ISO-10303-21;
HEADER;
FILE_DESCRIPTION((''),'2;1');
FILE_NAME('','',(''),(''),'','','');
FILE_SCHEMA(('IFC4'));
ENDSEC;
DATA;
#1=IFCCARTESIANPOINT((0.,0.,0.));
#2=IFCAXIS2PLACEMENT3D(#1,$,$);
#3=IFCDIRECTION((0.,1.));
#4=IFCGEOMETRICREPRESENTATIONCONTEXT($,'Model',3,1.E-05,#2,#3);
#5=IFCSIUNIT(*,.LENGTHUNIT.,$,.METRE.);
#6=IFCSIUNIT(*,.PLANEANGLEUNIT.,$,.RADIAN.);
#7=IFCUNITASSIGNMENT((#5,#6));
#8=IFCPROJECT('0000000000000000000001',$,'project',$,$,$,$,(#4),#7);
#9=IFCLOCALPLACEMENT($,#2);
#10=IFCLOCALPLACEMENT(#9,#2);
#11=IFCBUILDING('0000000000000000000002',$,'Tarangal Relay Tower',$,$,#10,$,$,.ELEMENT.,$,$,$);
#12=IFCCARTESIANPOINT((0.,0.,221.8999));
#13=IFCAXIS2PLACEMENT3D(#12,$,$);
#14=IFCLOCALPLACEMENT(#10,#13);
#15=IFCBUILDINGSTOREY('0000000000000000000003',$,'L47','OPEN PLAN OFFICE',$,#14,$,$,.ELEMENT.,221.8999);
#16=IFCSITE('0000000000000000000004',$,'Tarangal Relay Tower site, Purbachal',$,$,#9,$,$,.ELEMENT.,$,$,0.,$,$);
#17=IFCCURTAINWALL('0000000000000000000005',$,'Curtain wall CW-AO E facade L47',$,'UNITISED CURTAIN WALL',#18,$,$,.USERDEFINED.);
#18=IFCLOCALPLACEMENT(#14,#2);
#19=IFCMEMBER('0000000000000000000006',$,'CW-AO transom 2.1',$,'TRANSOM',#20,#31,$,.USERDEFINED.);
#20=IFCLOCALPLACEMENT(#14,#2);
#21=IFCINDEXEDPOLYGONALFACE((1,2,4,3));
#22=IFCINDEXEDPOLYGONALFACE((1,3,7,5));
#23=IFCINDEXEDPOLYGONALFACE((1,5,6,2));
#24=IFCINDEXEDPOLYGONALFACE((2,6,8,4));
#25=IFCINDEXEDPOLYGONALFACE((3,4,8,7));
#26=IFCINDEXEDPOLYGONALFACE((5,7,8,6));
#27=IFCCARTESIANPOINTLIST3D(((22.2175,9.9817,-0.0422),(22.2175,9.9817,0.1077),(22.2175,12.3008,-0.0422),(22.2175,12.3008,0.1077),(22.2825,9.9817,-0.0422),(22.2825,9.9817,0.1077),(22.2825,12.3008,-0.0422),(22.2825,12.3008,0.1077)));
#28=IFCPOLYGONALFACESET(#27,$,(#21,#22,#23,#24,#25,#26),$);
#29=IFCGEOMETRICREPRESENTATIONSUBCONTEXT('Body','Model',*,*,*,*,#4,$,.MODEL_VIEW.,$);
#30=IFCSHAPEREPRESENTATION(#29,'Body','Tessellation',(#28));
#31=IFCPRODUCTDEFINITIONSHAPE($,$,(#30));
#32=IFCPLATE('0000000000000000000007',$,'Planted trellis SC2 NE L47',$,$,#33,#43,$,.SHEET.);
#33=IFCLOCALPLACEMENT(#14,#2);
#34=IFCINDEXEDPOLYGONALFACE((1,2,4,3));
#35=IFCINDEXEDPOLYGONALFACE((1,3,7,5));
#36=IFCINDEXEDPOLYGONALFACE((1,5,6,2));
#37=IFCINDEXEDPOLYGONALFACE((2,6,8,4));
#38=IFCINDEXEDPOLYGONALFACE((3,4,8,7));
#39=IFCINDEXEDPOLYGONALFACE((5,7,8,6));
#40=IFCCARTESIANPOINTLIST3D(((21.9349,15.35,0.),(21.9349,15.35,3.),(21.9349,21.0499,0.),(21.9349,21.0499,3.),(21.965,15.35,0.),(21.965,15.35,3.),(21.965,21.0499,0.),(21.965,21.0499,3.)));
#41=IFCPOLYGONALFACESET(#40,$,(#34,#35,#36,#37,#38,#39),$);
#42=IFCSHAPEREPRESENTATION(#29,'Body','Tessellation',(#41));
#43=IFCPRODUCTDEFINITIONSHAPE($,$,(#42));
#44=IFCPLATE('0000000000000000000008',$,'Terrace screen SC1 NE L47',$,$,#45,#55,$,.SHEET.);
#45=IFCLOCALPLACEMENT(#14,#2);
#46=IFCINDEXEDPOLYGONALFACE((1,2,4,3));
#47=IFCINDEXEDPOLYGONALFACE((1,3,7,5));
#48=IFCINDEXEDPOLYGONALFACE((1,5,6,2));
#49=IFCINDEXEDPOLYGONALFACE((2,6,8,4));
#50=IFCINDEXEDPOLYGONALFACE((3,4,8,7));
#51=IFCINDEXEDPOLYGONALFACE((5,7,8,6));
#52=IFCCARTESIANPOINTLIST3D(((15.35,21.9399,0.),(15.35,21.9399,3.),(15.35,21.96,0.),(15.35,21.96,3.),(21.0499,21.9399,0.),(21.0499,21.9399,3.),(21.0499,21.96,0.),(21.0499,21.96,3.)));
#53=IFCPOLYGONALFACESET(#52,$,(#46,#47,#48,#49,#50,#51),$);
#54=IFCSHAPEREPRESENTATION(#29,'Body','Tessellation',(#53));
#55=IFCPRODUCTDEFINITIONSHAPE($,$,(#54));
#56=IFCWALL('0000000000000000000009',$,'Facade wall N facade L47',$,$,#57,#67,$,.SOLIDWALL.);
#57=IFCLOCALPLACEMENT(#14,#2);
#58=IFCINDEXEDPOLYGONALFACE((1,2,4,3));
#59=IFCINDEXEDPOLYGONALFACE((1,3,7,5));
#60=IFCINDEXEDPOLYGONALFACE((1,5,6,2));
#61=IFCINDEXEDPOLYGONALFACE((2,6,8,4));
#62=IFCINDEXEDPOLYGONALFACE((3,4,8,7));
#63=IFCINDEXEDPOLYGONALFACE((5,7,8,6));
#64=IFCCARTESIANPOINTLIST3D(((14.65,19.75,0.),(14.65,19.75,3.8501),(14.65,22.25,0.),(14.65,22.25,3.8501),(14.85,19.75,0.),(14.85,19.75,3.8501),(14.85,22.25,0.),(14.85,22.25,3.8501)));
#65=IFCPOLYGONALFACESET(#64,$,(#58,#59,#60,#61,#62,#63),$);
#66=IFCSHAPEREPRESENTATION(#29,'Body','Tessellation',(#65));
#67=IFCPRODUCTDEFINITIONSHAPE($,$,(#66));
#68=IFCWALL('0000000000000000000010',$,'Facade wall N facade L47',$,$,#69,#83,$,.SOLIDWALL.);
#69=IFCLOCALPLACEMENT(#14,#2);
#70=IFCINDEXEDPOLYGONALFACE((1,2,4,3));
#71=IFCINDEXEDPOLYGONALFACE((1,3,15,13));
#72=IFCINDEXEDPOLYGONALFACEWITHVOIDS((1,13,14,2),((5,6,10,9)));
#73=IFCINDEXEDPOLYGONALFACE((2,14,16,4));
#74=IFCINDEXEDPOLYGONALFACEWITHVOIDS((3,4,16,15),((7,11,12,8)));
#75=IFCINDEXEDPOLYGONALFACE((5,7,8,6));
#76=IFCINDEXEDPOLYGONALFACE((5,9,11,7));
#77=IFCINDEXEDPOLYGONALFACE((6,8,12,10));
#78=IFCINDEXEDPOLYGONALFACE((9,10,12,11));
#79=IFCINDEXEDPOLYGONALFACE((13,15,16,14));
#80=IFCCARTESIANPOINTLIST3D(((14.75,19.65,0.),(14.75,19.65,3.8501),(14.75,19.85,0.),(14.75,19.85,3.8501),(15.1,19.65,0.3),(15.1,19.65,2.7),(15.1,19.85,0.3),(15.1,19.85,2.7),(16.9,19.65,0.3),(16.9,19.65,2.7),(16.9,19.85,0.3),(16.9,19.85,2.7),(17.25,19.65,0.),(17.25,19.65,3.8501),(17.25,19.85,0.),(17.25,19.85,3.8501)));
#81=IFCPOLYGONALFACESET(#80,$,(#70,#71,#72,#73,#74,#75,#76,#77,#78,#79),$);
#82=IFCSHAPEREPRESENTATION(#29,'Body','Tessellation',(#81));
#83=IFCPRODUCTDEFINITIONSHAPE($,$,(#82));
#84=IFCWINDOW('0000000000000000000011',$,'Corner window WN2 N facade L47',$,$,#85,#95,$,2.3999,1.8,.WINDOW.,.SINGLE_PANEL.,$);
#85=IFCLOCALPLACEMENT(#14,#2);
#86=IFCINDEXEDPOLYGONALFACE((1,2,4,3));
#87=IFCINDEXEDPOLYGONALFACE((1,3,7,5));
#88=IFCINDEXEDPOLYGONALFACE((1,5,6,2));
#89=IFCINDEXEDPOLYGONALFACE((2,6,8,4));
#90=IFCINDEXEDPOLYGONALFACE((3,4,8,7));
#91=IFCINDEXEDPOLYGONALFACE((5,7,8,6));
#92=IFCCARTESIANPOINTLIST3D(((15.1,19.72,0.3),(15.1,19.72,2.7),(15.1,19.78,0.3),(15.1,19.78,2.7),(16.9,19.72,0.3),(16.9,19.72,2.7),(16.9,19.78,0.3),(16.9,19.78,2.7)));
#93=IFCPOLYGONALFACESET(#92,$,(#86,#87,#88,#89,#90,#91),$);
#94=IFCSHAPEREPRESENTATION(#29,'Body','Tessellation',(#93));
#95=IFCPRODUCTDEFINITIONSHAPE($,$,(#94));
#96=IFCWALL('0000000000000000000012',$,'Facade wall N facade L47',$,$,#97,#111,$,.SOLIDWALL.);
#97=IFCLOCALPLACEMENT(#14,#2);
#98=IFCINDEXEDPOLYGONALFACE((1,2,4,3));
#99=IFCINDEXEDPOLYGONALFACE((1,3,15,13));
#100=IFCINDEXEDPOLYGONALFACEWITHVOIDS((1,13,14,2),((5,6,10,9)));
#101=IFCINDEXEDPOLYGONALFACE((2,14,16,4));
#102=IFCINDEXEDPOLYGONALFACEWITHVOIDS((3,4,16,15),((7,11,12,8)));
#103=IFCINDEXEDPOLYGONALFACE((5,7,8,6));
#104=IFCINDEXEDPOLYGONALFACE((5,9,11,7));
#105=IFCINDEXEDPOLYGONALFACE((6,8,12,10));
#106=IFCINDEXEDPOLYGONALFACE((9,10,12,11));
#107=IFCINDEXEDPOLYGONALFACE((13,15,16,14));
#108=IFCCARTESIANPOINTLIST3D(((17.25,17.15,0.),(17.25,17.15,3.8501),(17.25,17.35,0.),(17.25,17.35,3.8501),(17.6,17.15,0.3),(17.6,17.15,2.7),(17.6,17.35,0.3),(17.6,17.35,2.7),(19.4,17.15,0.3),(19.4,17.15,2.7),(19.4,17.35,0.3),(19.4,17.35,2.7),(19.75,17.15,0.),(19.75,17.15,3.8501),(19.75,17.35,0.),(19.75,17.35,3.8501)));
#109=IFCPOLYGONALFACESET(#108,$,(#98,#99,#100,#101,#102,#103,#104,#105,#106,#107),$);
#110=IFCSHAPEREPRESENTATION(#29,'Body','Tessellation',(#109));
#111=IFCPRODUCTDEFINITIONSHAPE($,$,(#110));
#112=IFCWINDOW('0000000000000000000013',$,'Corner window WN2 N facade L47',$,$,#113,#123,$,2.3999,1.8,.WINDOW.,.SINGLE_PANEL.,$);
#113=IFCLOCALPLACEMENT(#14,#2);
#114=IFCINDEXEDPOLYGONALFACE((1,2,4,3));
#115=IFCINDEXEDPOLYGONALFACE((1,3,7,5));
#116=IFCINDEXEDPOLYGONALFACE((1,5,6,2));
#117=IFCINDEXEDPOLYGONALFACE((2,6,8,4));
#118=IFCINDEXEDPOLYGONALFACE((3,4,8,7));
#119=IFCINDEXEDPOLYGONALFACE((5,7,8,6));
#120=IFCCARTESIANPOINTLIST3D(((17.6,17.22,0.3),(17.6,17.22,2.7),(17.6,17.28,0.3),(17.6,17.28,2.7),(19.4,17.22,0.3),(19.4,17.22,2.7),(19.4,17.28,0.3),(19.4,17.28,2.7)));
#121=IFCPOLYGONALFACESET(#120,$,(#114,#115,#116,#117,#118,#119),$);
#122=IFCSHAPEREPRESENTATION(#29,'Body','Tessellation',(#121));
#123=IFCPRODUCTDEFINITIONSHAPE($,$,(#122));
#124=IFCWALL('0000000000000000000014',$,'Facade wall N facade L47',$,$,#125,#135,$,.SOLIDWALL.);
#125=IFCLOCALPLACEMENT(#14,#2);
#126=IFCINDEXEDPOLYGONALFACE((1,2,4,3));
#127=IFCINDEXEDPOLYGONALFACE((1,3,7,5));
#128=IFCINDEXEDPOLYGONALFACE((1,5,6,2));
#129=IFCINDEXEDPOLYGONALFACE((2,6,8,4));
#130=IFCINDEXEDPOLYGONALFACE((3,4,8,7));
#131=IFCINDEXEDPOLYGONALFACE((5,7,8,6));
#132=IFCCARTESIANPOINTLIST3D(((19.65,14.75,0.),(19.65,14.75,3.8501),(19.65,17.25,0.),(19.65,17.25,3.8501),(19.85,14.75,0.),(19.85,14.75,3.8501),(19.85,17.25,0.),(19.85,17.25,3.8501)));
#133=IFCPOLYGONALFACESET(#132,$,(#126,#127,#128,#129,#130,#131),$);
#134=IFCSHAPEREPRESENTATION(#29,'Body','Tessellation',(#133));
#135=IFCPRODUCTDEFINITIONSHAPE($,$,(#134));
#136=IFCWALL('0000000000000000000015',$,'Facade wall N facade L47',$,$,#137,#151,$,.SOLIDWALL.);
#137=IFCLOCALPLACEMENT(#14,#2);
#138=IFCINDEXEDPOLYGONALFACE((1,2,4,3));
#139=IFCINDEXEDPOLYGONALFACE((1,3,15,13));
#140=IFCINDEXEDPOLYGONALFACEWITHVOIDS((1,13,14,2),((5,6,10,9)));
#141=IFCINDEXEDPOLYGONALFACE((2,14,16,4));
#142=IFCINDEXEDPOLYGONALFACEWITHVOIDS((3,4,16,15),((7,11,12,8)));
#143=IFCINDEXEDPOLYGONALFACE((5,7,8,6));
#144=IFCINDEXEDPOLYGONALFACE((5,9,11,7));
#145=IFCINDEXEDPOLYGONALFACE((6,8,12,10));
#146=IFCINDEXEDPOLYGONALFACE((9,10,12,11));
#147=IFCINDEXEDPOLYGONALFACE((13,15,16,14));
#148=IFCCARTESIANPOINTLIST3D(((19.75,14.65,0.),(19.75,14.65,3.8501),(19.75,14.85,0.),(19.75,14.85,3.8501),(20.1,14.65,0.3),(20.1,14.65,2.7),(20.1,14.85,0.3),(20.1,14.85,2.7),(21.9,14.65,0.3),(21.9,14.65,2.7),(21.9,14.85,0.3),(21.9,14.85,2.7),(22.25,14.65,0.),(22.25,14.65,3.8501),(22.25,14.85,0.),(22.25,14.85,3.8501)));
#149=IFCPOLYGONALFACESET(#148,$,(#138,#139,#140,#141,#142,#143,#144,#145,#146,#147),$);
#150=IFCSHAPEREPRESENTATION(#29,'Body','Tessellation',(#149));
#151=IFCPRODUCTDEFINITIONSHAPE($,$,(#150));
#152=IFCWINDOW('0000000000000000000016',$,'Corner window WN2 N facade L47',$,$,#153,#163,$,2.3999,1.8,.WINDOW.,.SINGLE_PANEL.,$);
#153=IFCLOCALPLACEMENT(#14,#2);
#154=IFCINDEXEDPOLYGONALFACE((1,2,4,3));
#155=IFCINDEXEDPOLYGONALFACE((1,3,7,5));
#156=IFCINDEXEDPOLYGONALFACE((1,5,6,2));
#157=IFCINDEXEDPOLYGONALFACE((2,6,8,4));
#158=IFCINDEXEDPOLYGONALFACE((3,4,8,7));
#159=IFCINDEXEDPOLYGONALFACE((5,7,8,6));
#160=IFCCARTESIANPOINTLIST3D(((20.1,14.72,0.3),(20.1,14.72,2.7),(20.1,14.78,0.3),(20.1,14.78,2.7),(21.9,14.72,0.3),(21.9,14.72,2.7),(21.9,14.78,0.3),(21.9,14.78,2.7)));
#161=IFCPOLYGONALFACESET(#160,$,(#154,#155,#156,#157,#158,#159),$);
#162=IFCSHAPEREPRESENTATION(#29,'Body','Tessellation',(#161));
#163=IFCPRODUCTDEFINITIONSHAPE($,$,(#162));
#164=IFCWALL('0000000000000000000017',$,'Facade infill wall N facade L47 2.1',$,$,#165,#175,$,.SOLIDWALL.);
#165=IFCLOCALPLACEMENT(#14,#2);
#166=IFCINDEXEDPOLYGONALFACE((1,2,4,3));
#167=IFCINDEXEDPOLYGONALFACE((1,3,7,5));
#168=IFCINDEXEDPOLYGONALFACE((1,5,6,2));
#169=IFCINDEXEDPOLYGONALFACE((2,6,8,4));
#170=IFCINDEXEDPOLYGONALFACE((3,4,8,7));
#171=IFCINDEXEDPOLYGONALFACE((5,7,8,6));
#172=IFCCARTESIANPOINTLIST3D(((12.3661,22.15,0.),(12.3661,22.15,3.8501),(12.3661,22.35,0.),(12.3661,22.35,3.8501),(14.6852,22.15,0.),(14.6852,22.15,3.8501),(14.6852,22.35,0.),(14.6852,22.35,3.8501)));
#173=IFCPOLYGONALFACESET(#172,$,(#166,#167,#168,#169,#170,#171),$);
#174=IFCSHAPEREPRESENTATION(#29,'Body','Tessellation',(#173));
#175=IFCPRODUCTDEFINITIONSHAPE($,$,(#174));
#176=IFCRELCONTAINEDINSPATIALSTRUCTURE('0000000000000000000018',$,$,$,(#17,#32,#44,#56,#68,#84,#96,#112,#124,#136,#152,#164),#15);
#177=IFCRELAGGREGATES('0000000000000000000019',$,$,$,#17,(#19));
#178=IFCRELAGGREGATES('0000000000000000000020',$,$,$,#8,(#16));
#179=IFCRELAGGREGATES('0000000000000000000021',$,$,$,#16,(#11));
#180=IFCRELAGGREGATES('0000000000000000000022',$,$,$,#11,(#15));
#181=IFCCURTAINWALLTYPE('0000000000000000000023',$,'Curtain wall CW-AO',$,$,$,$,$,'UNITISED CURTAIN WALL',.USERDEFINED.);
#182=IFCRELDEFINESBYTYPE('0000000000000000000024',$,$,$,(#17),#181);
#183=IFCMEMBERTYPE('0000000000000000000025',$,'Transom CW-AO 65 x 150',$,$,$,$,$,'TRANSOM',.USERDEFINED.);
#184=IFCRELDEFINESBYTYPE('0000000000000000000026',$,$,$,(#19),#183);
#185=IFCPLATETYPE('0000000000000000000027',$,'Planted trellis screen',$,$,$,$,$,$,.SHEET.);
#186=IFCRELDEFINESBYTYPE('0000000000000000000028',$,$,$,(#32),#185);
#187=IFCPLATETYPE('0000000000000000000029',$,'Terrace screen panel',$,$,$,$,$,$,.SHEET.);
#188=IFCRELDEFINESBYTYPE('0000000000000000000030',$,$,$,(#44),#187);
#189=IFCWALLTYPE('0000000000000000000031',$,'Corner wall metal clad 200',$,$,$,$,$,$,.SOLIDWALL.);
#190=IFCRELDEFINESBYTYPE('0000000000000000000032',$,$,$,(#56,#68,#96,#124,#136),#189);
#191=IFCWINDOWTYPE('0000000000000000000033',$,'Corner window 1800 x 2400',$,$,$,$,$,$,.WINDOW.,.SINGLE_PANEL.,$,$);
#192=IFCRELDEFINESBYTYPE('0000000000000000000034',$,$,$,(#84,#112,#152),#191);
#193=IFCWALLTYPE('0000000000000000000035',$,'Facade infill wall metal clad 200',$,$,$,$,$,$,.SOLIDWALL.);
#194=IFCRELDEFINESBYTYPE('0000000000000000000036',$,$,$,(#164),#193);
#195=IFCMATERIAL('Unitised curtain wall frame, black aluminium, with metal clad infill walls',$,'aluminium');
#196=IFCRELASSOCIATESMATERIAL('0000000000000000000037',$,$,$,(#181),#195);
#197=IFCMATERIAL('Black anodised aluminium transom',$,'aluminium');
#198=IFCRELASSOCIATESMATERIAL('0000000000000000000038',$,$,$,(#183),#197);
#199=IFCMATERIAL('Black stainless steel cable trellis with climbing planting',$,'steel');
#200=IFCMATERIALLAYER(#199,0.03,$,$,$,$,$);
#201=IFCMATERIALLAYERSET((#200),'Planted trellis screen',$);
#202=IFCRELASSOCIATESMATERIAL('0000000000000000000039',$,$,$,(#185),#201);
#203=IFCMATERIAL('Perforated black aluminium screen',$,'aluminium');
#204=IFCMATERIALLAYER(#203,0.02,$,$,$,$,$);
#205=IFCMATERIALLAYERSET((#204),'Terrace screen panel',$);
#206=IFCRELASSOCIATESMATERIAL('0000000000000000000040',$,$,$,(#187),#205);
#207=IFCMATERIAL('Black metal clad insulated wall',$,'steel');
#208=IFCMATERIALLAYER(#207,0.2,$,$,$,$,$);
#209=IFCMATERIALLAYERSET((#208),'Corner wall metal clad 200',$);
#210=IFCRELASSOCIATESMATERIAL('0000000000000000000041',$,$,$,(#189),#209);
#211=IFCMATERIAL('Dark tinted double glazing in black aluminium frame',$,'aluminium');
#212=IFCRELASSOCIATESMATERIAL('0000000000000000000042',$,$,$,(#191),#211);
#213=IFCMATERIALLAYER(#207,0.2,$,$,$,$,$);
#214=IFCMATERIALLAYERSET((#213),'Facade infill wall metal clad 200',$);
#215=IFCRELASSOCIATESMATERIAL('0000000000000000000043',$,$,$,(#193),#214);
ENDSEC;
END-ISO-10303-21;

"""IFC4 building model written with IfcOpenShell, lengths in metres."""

from ifc_helpers import new_model, si_unit, direction, frame, frame_2d, origin, origin_2d, place, context, subcontext, project, spatial, rectangle, extrude, material, layer, layer_set, material_profile, profile_set, type_object, element, fill, aggregate, save


model = new_model("IFC4")

# Units and contexts
model_context = context("Model", 3, precision=1e-05, world=origin(), true_north=direction((0.0, 1.0)))
body_context = subcontext(model_context, "Body", "Model", "MODEL_VIEW")
ifc_project = project(units=[si_unit("LENGTHUNIT", "METRE"), si_unit("PLANEANGLEUNIT", "RADIAN")], contexts=[model_context])

# Site, building, storey
site_placement = place(None, origin())
site = spatial("IfcSite", under=ifc_project, at=site_placement, Name="Tarangal Relay Tower site, Purbachal", CompositionType="ELEMENT", RefElevation=0.0)
building_placement = place(site_placement, origin())
building = spatial("IfcBuilding", under=site, at=building_placement, Name="Tarangal Relay Tower", CompositionType="ELEMENT")
storey_placement = place(building_placement, frame((0.0, 0.0, 221.8999)))
storey = spatial("IfcBuildingStorey", under=building, at=storey_placement, Name="L47", Description="OPEN PLAN OFFICE", CompositionType="ELEMENT", Elevation=221.8999)

# Curtain wall
ifc_material_1 = material(Name="Unitised curtain wall frame, black aluminium, with metal clad infill walls", Category="aluminium")
curtain_wall_type = type_object("IfcCurtainWallType", Name="Curtain wall CW-AO", ElementType="UNITISED CURTAIN WALL", PredefinedType="USERDEFINED", material=ifc_material_1)
curtain_wall_1_placement = place(storey_placement, origin())
curtain_wall_1 = element("IfcCurtainWall", 1, at=curtain_wall_1_placement, inside=storey, type_object=curtain_wall_type, Name="Curtain wall CW-AO E facade L47", ObjectType="UNITISED CURTAIN WALL", PredefinedType="USERDEFINED")

# Member
ifc_material_2 = material(Name="Black anodised aluminium transom", Category="aluminium")
ifc_material_profile_1 = material_profile(ifc_material_2, rectangle(XDim=0.0649, YDim=0.1499, at=origin_2d()), Name="CW-AOT 65X150")
ifc_profile_set_1 = profile_set([ifc_material_profile_1], Name="Black anodised aluminium transom")
member_type_1 = type_object("IfcMemberType", Name="Transom CW-AO 65 x 150", ElementType="TRANSOM", PredefinedType="USERDEFINED", material=ifc_profile_set_1)
member_1_placement = place(storey_placement, frame((22.25, 12.3008, 0.0327), z_axis=(0.0, -1.0, 0.0), x_axis=(1.0, 0.0, 0.0)))
member_1 = element("IfcMember", 2, at=member_1_placement, type_object=member_type_1, Name="CW-AO transom 2.1", ObjectType="TRANSOM", PredefinedType="USERDEFINED", context=body_context, shape_type="SweptSolid", body=[
    extrude(rectangle(XDim=0.0649, YDim=0.1499, at=origin_2d()), origin(), (0.0, 0.0, 1.0), 2.3191),
])
aggregate(curtain_wall_1, [member_1])

# Plates
ifc_material_3 = material(Name="Black stainless steel cable trellis with climbing planting", Category="steel")
ifc_layer_1 = layer(ifc_material_3, 0.03)
ifc_layer_set_1 = layer_set([ifc_layer_1], Name="Planted trellis screen")
plate_type_1 = type_object("IfcPlateType", Name="Planted trellis screen", PredefinedType="SHEET", material=ifc_layer_set_1)
plate_1_placement = place(storey_placement, frame((21.95, 18.2, 0.0), z_axis=(0.0, 0.0, 1.0), x_axis=(0.0, -1.0, 0.0)))
element("IfcPlate", 3, at=plate_1_placement, inside=storey, type_object=plate_type_1, Name="Planted trellis SC2 NE L47", PredefinedType="SHEET", context=body_context, shape_type="SweptSolid", body=[
    extrude(rectangle(XDim=5.7, YDim=0.03, at=origin_2d()), origin(), (0.0, 0.0, 1.0), 3.0),
])
ifc_material_4 = material(Name="Perforated black aluminium screen", Category="aluminium")
ifc_layer_2 = layer(ifc_material_4, 0.02)
ifc_layer_set_2 = layer_set([ifc_layer_2], Name="Terrace screen panel")
plate_type_2 = type_object("IfcPlateType", Name="Terrace screen panel", PredefinedType="SHEET", material=ifc_layer_set_2)
plate_2_placement = place(storey_placement, frame((18.2, 21.95, 0.0), z_axis=(0.0, 0.0, 1.0), x_axis=(1.0, 0.0, 0.0)))
element("IfcPlate", 4, at=plate_2_placement, inside=storey, type_object=plate_type_2, Name="Terrace screen SC1 NE L47", PredefinedType="SHEET", context=body_context, shape_type="SweptSolid", body=[
    extrude(rectangle(XDim=5.7, YDim=0.02, at=origin_2d()), origin(), (0.0, 0.0, 1.0), 3.0),
])

# Wall
ifc_material_5 = material(Name="Black metal clad insulated wall", Category="steel")
ifc_layer_3 = layer(ifc_material_5, 0.2)
ifc_layer_set_3 = layer_set([ifc_layer_3], Name="Corner wall metal clad 200")
wall_type_1 = type_object("IfcWallType", Name="Corner wall metal clad 200", PredefinedType="SOLIDWALL", material=ifc_layer_set_3)
wall_1_placement = place(storey_placement, frame((14.75, 22.25, 0.0), z_axis=(0.0, 0.0, 1.0), x_axis=(0.0, -1.0, 0.0)))
element("IfcWall", 5, at=wall_1_placement, inside=storey, type_object=wall_type_1, Name="Facade wall N facade L47", PredefinedType="SOLIDWALL", context=body_context, shape_type="SweptSolid", body=[
    extrude(rectangle(XDim=2.5, YDim=0.2, at=frame_2d((1.25, 0.0))), origin(), (0.0, 0.0, 1.0), 3.8501),
])

# Wall, opening, window
wall_2_placement = place(storey_placement, frame((14.75, 19.75, 0.0), z_axis=(0.0, 0.0, 1.0), x_axis=(1.0, 0.0, 0.0)))
wall_2 = element("IfcWall", 6, at=wall_2_placement, inside=storey, type_object=wall_type_1, Name="Facade wall N facade L47", PredefinedType="SOLIDWALL", context=body_context, shape_type="SweptSolid", body=[
    extrude(rectangle(XDim=2.5, YDim=0.2, at=frame_2d((1.25, 0.0))), origin(), (0.0, 0.0, 1.0), 3.8501),
])
opening_1_placement = place(wall_2_placement, frame((0.3501, 0.0, 0.3)))
opening_1 = element("IfcOpeningElement", 7, at=opening_1_placement, cuts=wall_2, PredefinedType="OPENING", context=body_context, shape_type="SweptSolid", body=[
    extrude(rectangle(XDim=1.8, YDim=2.3999, at=frame_2d((0.8999, 1.2))), frame((0.0, 0.1099, 0.0), z_axis=(0.0, -1.0, 0.0), x_axis=(1.0, 0.0, 0.0)), (0.0, 0.0, 1.0), 0.22),
])
ifc_material_6 = material(Name="Dark tinted double glazing in black aluminium frame", Category="aluminium")
window_type = type_object("IfcWindowType", Name="Corner window 1800 x 2400", PartitioningType="SINGLE_PANEL", PredefinedType="WINDOW", material=ifc_material_6)
window_1_placement = place(opening_1_placement, origin())
window_1 = element("IfcWindow", 8, at=window_1_placement, inside=storey, type_object=window_type, Name="Corner window WN2 N facade L47", OverallHeight=2.3999, OverallWidth=1.8, PartitioningType="SINGLE_PANEL", PredefinedType="WINDOW", context=body_context, shape_type="SweptSolid", body=[
    extrude(rectangle(XDim=1.8, YDim=2.3999, at=frame_2d((0.8999, 1.2))), frame((0.0, 0.03, 0.0), z_axis=(0.0, -1.0, 0.0), x_axis=(1.0, 0.0, 0.0)), (0.0, 0.0, 1.0), 0.0601),
])
fill(opening_1, window_1)

# Wall, opening, window
wall_3_placement = place(storey_placement, frame((17.25, 17.25, 0.0), z_axis=(0.0, 0.0, 1.0), x_axis=(1.0, 0.0, 0.0)))
wall_3 = element("IfcWall", 9, at=wall_3_placement, inside=storey, type_object=wall_type_1, Name="Facade wall N facade L47", PredefinedType="SOLIDWALL", context=body_context, shape_type="SweptSolid", body=[
    extrude(rectangle(XDim=2.5, YDim=0.2, at=frame_2d((1.25, 0.0))), origin(), (0.0, 0.0, 1.0), 3.8501),
])
opening_2_placement = place(wall_3_placement, frame((0.3501, 0.0, 0.3)))
opening_2 = element("IfcOpeningElement", 10, at=opening_2_placement, cuts=wall_3, PredefinedType="OPENING", context=body_context, shape_type="SweptSolid", body=[
    extrude(rectangle(XDim=1.8, YDim=2.3999, at=frame_2d((0.8999, 1.2))), frame((0.0, 0.1099, 0.0), z_axis=(0.0, -1.0, 0.0), x_axis=(1.0, 0.0, 0.0)), (0.0, 0.0, 1.0), 0.22),
])
window_2_placement = place(opening_2_placement, origin())
window_2 = element("IfcWindow", 11, at=window_2_placement, inside=storey, type_object=window_type, Name="Corner window WN2 N facade L47", OverallHeight=2.3999, OverallWidth=1.8, PartitioningType="SINGLE_PANEL", PredefinedType="WINDOW", context=body_context, shape_type="SweptSolid", body=[
    extrude(rectangle(XDim=1.8, YDim=2.3999, at=frame_2d((0.8999, 1.2))), frame((0.0, 0.03, 0.0), z_axis=(0.0, -1.0, 0.0), x_axis=(1.0, 0.0, 0.0)), (0.0, 0.0, 1.0), 0.0601),
])
fill(opening_2, window_2)

# Wall
wall_4_placement = place(storey_placement, frame((19.75, 17.25, 0.0), z_axis=(0.0, 0.0, 1.0), x_axis=(0.0, -1.0, 0.0)))
element("IfcWall", 12, at=wall_4_placement, inside=storey, type_object=wall_type_1, Name="Facade wall N facade L47", PredefinedType="SOLIDWALL", context=body_context, shape_type="SweptSolid", body=[
    extrude(rectangle(XDim=2.5, YDim=0.2, at=frame_2d((1.25, 0.0))), origin(), (0.0, 0.0, 1.0), 3.8501),
])

# Wall, opening, window
wall_5_placement = place(storey_placement, frame((19.75, 14.75, 0.0), z_axis=(0.0, 0.0, 1.0), x_axis=(1.0, 0.0, 0.0)))
wall_5 = element("IfcWall", 13, at=wall_5_placement, inside=storey, type_object=wall_type_1, Name="Facade wall N facade L47", PredefinedType="SOLIDWALL", context=body_context, shape_type="SweptSolid", body=[
    extrude(rectangle(XDim=2.5, YDim=0.2, at=frame_2d((1.25, 0.0))), origin(), (0.0, 0.0, 1.0), 3.8501),
])
opening_3_placement = place(wall_5_placement, frame((0.3501, 0.0, 0.3)))
opening_3 = element("IfcOpeningElement", 14, at=opening_3_placement, cuts=wall_5, PredefinedType="OPENING", context=body_context, shape_type="SweptSolid", body=[
    extrude(rectangle(XDim=1.8, YDim=2.3999, at=frame_2d((0.8999, 1.2))), frame((0.0, 0.1099, 0.0), z_axis=(0.0, -1.0, 0.0), x_axis=(1.0, 0.0, 0.0)), (0.0, 0.0, 1.0), 0.22),
])
window_3_placement = place(opening_3_placement, origin())
window_3 = element("IfcWindow", 15, at=window_3_placement, inside=storey, type_object=window_type, Name="Corner window WN2 N facade L47", OverallHeight=2.3999, OverallWidth=1.8, PartitioningType="SINGLE_PANEL", PredefinedType="WINDOW", context=body_context, shape_type="SweptSolid", body=[
    extrude(rectangle(XDim=1.8, YDim=2.3999, at=frame_2d((0.8999, 1.2))), frame((0.0, 0.03, 0.0), z_axis=(0.0, -1.0, 0.0), x_axis=(1.0, 0.0, 0.0)), (0.0, 0.0, 1.0), 0.0601),
])
fill(opening_3, window_3)

# Wall
ifc_layer_4 = layer(ifc_material_5, 0.2)
ifc_layer_set_4 = layer_set([ifc_layer_4], Name="Facade infill wall metal clad 200")
wall_type_2 = type_object("IfcWallType", Name="Facade infill wall metal clad 200", PredefinedType="SOLIDWALL", material=ifc_layer_set_4)
for number, where, z_axis, x_axis, name in (
    (16, (12.366, 22.25, 0.0), (0.0, 0.0, 1.0), (1.0, 0.0, 0.0), "Facade infill wall N facade L47 2.1"),
):
    element("IfcWall", number, at=place(storey_placement, frame(where, z_axis=z_axis, x_axis=x_axis)), inside=storey, type_object=wall_type_2, Name=name, PredefinedType="SOLIDWALL", context=body_context, shape_type="SweptSolid", body=[
        extrude(rectangle(XDim=2.3191, YDim=0.2, at=frame_2d((1.1597, 0.0))), origin(), (0.0, 0.0, 1.0), 3.8501),
    ])

save(model, "model.ifc")
